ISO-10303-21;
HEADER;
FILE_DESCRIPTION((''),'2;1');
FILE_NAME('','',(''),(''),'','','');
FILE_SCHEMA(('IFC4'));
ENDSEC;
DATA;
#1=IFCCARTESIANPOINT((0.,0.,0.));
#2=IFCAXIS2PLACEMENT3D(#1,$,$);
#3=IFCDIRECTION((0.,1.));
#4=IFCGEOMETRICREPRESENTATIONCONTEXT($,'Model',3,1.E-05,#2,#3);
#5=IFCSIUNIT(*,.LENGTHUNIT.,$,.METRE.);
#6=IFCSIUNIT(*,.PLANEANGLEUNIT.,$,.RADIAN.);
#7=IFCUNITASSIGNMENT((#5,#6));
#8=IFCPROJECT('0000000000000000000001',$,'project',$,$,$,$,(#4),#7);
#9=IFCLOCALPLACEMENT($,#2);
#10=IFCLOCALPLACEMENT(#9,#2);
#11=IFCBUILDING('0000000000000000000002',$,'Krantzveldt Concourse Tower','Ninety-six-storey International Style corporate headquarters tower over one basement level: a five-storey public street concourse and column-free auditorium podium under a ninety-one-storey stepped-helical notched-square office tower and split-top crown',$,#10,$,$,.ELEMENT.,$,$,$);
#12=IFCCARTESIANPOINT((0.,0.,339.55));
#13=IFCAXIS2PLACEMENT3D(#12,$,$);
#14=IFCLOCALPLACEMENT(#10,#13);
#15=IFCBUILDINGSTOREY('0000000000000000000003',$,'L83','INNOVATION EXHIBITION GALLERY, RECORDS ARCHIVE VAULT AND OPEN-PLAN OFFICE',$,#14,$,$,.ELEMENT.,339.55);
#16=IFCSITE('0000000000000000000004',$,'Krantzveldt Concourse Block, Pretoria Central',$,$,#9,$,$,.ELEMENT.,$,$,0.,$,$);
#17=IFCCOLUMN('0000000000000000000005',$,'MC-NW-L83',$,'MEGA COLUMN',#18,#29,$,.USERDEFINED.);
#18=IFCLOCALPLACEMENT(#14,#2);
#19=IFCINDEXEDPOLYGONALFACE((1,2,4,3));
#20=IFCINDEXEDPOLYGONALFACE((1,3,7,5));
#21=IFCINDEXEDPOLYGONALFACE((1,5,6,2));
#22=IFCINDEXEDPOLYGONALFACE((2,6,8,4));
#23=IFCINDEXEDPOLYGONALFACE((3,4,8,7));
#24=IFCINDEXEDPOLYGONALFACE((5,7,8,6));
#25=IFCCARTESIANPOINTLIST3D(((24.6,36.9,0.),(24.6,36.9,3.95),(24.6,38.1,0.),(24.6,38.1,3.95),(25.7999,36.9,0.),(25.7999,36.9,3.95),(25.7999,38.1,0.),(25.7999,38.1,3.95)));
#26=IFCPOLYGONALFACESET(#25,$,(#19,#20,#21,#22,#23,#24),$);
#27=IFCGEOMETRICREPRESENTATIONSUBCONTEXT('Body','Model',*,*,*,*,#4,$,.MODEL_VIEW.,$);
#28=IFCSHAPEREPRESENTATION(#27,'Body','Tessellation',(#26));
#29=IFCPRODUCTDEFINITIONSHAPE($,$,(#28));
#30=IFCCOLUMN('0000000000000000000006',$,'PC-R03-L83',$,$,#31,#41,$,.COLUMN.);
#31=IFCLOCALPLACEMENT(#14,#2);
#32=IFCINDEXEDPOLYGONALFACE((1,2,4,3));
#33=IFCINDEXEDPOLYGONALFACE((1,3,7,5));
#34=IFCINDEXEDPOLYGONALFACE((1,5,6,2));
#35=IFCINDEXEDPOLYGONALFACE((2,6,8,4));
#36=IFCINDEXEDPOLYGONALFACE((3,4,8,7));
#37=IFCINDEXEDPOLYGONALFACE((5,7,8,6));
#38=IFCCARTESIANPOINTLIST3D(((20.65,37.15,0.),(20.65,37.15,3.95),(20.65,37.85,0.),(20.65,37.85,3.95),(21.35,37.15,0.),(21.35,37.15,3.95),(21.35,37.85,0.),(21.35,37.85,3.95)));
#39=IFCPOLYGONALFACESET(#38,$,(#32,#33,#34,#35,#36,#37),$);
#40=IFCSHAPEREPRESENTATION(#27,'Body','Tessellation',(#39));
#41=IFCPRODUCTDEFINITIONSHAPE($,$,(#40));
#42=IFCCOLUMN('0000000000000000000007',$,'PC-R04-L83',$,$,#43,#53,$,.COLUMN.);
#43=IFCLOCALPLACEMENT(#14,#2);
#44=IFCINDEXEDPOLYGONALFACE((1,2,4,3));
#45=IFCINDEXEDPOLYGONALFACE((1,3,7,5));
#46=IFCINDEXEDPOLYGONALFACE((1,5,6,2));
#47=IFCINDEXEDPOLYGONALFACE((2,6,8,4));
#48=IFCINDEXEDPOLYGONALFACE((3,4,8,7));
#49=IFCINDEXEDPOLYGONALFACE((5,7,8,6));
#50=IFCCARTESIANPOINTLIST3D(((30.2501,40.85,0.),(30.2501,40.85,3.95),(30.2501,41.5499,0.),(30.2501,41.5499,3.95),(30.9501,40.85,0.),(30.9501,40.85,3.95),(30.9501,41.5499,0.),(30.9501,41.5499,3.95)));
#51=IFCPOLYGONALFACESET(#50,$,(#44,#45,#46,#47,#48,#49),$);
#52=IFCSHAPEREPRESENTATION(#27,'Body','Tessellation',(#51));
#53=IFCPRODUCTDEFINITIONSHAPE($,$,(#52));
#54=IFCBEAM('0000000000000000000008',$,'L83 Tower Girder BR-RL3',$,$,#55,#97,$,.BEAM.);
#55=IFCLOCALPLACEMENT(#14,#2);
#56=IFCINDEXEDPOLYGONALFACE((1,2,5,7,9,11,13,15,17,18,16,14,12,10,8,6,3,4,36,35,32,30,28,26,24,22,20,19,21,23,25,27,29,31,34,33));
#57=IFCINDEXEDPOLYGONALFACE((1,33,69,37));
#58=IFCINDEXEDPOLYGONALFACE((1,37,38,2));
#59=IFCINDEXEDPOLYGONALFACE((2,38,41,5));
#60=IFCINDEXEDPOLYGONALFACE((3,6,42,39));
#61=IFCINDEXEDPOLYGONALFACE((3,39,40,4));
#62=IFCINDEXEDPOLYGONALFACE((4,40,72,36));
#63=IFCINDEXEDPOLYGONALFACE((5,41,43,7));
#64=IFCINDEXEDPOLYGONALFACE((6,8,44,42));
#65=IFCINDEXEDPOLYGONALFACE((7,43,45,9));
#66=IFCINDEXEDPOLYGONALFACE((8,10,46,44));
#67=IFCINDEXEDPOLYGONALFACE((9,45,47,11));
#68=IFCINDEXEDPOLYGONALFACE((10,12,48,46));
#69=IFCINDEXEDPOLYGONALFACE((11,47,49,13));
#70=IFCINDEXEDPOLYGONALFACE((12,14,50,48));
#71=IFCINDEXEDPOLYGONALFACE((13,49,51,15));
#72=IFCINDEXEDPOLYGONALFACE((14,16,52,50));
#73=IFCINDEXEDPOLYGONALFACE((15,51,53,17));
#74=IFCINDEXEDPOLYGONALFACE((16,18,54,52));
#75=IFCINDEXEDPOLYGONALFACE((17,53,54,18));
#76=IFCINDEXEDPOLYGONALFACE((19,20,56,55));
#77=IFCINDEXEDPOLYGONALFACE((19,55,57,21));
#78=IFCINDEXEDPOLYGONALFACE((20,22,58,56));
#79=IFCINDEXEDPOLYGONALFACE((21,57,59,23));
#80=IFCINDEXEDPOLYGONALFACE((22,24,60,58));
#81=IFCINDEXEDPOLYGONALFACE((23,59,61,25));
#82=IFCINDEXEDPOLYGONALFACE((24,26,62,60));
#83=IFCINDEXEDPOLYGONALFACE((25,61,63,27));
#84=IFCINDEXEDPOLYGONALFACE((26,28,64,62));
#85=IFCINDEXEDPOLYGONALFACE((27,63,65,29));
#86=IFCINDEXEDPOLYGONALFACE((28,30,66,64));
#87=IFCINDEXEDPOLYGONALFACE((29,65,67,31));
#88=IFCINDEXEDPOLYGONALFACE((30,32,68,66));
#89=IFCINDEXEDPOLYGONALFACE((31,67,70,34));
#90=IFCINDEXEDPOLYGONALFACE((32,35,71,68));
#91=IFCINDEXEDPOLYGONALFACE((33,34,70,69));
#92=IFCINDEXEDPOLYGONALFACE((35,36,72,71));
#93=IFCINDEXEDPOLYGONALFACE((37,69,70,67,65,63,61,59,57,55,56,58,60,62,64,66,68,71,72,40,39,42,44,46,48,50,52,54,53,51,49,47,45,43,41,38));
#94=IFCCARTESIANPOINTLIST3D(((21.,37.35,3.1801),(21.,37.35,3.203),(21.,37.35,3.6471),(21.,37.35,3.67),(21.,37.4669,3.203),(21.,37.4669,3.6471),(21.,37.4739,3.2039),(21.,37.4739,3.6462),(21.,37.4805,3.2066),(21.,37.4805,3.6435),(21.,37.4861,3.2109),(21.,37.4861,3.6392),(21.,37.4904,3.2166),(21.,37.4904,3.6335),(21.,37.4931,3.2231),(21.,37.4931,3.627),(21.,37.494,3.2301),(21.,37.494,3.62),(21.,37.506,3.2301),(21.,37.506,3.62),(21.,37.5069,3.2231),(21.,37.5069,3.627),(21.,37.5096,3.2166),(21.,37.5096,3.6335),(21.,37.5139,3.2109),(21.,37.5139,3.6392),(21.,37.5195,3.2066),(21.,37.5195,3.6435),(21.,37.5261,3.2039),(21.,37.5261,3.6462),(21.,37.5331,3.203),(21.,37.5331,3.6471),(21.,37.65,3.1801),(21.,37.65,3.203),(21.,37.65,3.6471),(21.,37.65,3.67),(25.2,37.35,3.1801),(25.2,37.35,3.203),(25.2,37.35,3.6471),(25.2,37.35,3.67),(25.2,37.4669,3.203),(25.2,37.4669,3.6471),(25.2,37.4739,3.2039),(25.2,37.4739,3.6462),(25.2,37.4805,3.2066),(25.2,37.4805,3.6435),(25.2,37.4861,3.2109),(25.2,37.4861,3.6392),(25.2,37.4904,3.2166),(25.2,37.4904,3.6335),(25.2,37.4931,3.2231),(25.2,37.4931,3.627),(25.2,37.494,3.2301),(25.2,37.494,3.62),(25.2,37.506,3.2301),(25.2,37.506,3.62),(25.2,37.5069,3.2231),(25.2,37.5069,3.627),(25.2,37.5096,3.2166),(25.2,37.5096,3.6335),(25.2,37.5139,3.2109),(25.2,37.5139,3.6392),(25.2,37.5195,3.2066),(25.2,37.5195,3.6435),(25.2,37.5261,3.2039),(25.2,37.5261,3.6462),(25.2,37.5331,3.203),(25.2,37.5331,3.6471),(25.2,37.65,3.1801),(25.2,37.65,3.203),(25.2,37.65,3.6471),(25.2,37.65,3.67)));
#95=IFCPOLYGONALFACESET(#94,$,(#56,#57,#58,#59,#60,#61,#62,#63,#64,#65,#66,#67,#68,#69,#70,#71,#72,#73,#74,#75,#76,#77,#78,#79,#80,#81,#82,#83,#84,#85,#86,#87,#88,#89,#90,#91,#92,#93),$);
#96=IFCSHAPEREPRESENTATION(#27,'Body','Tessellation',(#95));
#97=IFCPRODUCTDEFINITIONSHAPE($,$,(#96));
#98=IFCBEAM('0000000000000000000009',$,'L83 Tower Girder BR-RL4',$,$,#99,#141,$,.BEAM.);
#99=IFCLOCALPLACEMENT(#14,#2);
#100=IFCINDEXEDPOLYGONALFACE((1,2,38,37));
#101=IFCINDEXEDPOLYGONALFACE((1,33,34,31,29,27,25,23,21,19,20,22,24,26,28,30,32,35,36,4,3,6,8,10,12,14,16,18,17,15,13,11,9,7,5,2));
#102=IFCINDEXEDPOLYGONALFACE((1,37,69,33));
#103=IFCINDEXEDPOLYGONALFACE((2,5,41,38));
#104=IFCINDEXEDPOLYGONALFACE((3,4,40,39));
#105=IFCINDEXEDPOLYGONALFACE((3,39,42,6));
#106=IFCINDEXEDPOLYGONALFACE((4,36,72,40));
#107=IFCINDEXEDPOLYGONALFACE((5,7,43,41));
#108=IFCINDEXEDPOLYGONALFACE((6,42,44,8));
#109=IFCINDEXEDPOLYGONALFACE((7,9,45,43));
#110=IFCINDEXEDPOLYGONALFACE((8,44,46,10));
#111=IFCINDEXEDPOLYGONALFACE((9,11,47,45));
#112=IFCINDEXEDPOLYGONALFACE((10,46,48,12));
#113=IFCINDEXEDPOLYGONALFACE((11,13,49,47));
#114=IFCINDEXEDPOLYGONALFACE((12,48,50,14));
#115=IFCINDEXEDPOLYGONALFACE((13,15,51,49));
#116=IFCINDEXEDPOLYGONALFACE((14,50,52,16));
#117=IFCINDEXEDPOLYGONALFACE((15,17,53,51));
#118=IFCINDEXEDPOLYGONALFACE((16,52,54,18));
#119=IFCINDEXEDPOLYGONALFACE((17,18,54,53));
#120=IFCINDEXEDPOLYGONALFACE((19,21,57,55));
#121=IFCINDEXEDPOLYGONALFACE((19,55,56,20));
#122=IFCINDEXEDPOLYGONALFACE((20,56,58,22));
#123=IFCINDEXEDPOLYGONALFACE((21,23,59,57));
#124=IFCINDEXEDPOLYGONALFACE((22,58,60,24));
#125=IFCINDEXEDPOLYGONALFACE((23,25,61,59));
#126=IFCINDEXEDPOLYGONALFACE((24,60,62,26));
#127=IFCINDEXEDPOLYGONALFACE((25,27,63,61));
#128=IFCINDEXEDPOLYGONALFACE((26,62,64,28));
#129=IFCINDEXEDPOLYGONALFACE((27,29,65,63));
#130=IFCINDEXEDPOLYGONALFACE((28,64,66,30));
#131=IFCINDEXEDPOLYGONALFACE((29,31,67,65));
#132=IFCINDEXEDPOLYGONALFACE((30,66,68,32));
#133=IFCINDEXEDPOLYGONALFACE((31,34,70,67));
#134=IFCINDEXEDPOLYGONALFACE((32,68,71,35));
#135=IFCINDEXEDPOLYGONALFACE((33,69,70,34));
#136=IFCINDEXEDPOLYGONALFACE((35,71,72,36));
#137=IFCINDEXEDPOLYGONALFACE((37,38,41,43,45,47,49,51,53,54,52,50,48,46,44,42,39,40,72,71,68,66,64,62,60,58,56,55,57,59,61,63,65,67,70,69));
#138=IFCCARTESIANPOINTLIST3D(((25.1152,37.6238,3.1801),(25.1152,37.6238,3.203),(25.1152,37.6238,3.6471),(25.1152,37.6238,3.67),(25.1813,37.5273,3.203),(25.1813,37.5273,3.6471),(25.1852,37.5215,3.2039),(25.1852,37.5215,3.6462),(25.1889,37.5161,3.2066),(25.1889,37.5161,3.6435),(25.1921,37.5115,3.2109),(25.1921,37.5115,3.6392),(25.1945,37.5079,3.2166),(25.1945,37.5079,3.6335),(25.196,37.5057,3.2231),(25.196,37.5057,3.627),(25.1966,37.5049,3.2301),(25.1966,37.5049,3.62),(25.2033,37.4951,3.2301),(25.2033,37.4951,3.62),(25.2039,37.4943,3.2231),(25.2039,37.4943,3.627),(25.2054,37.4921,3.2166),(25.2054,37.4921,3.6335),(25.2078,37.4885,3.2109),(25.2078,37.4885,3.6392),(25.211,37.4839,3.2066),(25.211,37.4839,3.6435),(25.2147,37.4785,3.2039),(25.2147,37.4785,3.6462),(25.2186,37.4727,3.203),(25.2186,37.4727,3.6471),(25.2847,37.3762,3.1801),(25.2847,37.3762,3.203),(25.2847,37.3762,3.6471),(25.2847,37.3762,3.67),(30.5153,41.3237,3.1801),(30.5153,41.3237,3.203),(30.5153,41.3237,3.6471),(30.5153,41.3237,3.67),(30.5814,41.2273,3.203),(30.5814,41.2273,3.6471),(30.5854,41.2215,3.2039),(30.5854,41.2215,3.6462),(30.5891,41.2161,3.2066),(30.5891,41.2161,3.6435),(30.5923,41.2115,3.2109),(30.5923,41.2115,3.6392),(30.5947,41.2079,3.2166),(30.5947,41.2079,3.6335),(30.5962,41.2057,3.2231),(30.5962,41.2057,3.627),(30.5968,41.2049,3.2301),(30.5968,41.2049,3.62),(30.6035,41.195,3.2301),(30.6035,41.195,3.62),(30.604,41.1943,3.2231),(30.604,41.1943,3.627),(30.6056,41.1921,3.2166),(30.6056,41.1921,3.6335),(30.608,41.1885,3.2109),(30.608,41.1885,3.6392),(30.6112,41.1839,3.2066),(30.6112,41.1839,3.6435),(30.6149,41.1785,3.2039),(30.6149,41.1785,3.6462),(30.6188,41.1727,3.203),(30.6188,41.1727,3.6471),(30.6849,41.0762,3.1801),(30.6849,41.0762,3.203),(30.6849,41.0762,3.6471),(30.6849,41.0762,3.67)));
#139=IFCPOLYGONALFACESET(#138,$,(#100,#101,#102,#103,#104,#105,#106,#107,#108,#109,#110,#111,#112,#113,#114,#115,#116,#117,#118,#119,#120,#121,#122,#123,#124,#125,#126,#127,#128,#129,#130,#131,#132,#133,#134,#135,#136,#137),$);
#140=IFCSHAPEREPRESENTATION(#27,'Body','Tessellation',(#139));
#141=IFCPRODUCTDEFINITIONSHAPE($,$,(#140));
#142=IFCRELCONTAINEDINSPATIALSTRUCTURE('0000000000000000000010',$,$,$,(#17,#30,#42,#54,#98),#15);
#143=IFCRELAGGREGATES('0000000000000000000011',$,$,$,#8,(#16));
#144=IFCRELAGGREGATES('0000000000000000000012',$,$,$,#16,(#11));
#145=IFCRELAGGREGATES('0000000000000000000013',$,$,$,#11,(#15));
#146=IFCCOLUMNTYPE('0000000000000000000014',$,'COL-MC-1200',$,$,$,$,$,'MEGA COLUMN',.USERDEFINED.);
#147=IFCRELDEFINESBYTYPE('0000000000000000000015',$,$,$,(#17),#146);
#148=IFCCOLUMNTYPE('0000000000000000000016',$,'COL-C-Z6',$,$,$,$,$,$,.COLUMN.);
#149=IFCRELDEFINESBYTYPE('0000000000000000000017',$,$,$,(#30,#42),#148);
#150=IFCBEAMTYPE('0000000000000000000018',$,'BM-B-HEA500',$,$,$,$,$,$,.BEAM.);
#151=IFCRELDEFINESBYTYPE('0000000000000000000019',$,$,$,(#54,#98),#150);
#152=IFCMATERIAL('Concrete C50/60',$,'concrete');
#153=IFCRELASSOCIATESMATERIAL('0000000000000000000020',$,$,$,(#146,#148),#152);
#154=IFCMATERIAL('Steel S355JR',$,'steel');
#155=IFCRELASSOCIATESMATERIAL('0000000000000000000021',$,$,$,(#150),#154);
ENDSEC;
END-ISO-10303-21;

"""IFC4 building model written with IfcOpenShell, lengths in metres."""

from ifc_helpers import new_model, si_unit, direction, frame, origin, origin_2d, place, context, subcontext, project, spatial, rectangle, i_section, extrude, source, transform, mapped, material, material_profile, profile_set, type_object, type_shapes, element, save


model = new_model("IFC4")

# Units and contexts
model_context = context("Model", 3, precision=1e-05, world=origin(), true_north=direction((0.0, 1.0)))
body_context = subcontext(model_context, "Body", "Model", "MODEL_VIEW")
ifc_project = project(units=[si_unit("LENGTHUNIT", "METRE"), si_unit("PLANEANGLEUNIT", "RADIAN")], contexts=[model_context])

# Site, building, storey
site_placement = place(None, origin())
site = spatial("IfcSite", under=ifc_project, at=site_placement, Name="Krantzveldt Concourse Block, Pretoria Central", CompositionType="ELEMENT", RefElevation=0.0)
building_placement = place(site_placement, origin())
building = spatial("IfcBuilding", under=site, at=building_placement, Name="Krantzveldt Concourse Tower", Description="Ninety-six-storey International Style corporate headquarters tower over one basement level: a five-storey public street concourse and column-free auditorium podium under a ninety-one-storey stepped-helical notched-square office tower and split-top crown", CompositionType="ELEMENT")
storey_placement = place(building_placement, frame((0.0, 0.0, 339.55)))
storey = spatial("IfcBuildingStorey", under=building, at=storey_placement, Name="L83", Description="INNOVATION EXHIBITION GALLERY, RECORDS ARCHIVE VAULT AND OPEN-PLAN OFFICE", CompositionType="ELEMENT", Elevation=339.55)

# Columns
ifc_material_1 = material(Name="Concrete C50/60", Category="concrete")
ifc_material_profile_1 = material_profile(ifc_material_1, rectangle(XDim=1.2, YDim=1.2, at=origin_2d()), Name="Concrete C50/60", Category="concrete")
ifc_profile_set_1 = profile_set([ifc_material_profile_1], Name="Concrete C50/60 - RC 1200x1200")
column_type_1 = type_object("IfcColumnType", Name="COL-MC-1200", ElementType="MEGA COLUMN", PredefinedType="USERDEFINED", material=ifc_profile_set_1)
shared_shape_1 = source(origin(), body_context, "Body", "SweptSolid", [
    extrude(rectangle(XDim=1.2, YDim=1.2, at=origin_2d()), origin(), (0.0, 0.0, 1.0), 3.95),
])
type_shapes(column_type_1, [shared_shape_1])
column_placement = place(storey_placement, frame((25.2, 37.5, 0.0), z_axis=(0.0, 0.0, 1.0), x_axis=(1.0, 0.0, 0.0)))
element("IfcColumn", 1, at=column_placement, inside=storey, type_object=column_type_1, Name="MC-NW-L83", ObjectType="MEGA COLUMN", PredefinedType="USERDEFINED", context=body_context, shape_type="MappedRepresentation", body=[
    mapped(shared_shape_1, transform((0.0, 0.0, 0.0), x_axis=(1.0, 0.0, 0.0), y_axis=(0.0, 1.0, 0.0), z_axis=(0.0, 0.0, 1.0), scale=1.0)),
])
ifc_material_profile_2 = material_profile(ifc_material_1, rectangle(XDim=0.7, YDim=0.7, at=origin_2d()), Name="Concrete C50/60", Category="concrete")
ifc_profile_set_2 = profile_set([ifc_material_profile_2], Name="Concrete C50/60 - RC 700x700")
column_type_2 = type_object("IfcColumnType", Name="COL-C-Z6", PredefinedType="COLUMN", material=ifc_profile_set_2)
shared_shape_2 = source(origin(), body_context, "Body", "SweptSolid", [
    extrude(rectangle(XDim=0.7, YDim=0.7, at=origin_2d()), origin(), (0.0, 0.0, 1.0), 3.95),
])
type_shapes(column_type_2, [shared_shape_2])
for number, where, z_axis, x_axis, name in (
    (2, (21.0, 37.5, 0.0), (0.0, 0.0, 1.0), (1.0, 0.0, 0.0), "PC-R03-L83"),
    (3, (30.6001, 41.2, 0.0), (0.0, 0.0, 1.0), (1.0, 0.0, 0.0), "PC-R04-L83"),
):
    element("IfcColumn", number, at=place(storey_placement, frame(where, z_axis=z_axis, x_axis=x_axis)), inside=storey, type_object=column_type_2, Name=name, PredefinedType="COLUMN", context=body_context, shape_type="MappedRepresentation", body=[
        mapped(shared_shape_2, transform((0.0, 0.0, 0.0), x_axis=(1.0, 0.0, 0.0), y_axis=(0.0, 1.0, 0.0), z_axis=(0.0, 0.0, 1.0), scale=1.0)),
    ])

# Beams
ifc_material_2 = material(Name="Steel S355JR", Category="steel")
ifc_material_profile_3 = material_profile(ifc_material_2, i_section(OverallWidth=0.3, OverallDepth=0.49, WebThickness=0.012, FlangeThickness=0.0229, FilletRadius=0.0271, at=origin_2d()), Name="Steel S355JR", Category="steel")
ifc_profile_set_3 = profile_set([ifc_material_profile_3], Name="Steel S355JR - HEA 500")
beam_type_1 = type_object("IfcBeamType", Name="BM-B-HEA500", PredefinedType="BEAM", material=ifc_profile_set_3)
shared_shape_3 = source(origin(), body_context, "Body", "SweptSolid", [
    extrude(i_section(OverallWidth=0.3, OverallDepth=0.49, WebThickness=0.012, FlangeThickness=0.0229, FilletRadius=0.0271, at=origin_2d()), origin(), (0.0, 0.0, 1.0), 4.2),
])
beam_1_placement = place(storey_placement, frame((21.0, 37.5, 3.425), z_axis=(1.0, 0.0, 0.0), x_axis=(0.0, 1.0, 0.0)))
element("IfcBeam", 4, at=beam_1_placement, inside=storey, type_object=beam_type_1, Name="L83 Tower Girder BR-RL3", PredefinedType="BEAM", context=body_context, shape_type="MappedRepresentation", body=[
    mapped(shared_shape_3, transform((0.0, 0.0, 0.0), x_axis=(1.0, 0.0, 0.0), y_axis=(0.0, 1.0, 0.0), z_axis=(0.0, 0.0, 1.0), scale=1.0)),
])
shared_shape_4 = source(origin(), body_context, "Body", "SweptSolid", [
    extrude(i_section(OverallWidth=0.3, OverallDepth=0.49, WebThickness=0.012, FlangeThickness=0.0229, FilletRadius=0.0271, at=origin_2d()), origin(), (0.0, 0.0, 1.0), 6.5461),
])
type_shapes(beam_type_1, [shared_shape_3, shared_shape_4])
beam_2_placement = place(storey_placement, frame((25.2, 37.5, 3.425), z_axis=(0.824943, 0.565216, 0.0), x_axis=(-0.565216, 0.824943, 0.0)))
element("IfcBeam", 5, at=beam_2_placement, inside=storey, type_object=beam_type_1, Name="L83 Tower Girder BR-RL4", PredefinedType="BEAM", context=body_context, shape_type="MappedRepresentation", body=[
    mapped(shared_shape_4, transform((0.0, 0.0, 0.0), x_axis=(1.0, 0.0, 0.0), y_axis=(0.0, 1.0, 0.0), z_axis=(0.0, 0.0, 1.0), scale=1.0)),
])

save(model, "model.ifc")
